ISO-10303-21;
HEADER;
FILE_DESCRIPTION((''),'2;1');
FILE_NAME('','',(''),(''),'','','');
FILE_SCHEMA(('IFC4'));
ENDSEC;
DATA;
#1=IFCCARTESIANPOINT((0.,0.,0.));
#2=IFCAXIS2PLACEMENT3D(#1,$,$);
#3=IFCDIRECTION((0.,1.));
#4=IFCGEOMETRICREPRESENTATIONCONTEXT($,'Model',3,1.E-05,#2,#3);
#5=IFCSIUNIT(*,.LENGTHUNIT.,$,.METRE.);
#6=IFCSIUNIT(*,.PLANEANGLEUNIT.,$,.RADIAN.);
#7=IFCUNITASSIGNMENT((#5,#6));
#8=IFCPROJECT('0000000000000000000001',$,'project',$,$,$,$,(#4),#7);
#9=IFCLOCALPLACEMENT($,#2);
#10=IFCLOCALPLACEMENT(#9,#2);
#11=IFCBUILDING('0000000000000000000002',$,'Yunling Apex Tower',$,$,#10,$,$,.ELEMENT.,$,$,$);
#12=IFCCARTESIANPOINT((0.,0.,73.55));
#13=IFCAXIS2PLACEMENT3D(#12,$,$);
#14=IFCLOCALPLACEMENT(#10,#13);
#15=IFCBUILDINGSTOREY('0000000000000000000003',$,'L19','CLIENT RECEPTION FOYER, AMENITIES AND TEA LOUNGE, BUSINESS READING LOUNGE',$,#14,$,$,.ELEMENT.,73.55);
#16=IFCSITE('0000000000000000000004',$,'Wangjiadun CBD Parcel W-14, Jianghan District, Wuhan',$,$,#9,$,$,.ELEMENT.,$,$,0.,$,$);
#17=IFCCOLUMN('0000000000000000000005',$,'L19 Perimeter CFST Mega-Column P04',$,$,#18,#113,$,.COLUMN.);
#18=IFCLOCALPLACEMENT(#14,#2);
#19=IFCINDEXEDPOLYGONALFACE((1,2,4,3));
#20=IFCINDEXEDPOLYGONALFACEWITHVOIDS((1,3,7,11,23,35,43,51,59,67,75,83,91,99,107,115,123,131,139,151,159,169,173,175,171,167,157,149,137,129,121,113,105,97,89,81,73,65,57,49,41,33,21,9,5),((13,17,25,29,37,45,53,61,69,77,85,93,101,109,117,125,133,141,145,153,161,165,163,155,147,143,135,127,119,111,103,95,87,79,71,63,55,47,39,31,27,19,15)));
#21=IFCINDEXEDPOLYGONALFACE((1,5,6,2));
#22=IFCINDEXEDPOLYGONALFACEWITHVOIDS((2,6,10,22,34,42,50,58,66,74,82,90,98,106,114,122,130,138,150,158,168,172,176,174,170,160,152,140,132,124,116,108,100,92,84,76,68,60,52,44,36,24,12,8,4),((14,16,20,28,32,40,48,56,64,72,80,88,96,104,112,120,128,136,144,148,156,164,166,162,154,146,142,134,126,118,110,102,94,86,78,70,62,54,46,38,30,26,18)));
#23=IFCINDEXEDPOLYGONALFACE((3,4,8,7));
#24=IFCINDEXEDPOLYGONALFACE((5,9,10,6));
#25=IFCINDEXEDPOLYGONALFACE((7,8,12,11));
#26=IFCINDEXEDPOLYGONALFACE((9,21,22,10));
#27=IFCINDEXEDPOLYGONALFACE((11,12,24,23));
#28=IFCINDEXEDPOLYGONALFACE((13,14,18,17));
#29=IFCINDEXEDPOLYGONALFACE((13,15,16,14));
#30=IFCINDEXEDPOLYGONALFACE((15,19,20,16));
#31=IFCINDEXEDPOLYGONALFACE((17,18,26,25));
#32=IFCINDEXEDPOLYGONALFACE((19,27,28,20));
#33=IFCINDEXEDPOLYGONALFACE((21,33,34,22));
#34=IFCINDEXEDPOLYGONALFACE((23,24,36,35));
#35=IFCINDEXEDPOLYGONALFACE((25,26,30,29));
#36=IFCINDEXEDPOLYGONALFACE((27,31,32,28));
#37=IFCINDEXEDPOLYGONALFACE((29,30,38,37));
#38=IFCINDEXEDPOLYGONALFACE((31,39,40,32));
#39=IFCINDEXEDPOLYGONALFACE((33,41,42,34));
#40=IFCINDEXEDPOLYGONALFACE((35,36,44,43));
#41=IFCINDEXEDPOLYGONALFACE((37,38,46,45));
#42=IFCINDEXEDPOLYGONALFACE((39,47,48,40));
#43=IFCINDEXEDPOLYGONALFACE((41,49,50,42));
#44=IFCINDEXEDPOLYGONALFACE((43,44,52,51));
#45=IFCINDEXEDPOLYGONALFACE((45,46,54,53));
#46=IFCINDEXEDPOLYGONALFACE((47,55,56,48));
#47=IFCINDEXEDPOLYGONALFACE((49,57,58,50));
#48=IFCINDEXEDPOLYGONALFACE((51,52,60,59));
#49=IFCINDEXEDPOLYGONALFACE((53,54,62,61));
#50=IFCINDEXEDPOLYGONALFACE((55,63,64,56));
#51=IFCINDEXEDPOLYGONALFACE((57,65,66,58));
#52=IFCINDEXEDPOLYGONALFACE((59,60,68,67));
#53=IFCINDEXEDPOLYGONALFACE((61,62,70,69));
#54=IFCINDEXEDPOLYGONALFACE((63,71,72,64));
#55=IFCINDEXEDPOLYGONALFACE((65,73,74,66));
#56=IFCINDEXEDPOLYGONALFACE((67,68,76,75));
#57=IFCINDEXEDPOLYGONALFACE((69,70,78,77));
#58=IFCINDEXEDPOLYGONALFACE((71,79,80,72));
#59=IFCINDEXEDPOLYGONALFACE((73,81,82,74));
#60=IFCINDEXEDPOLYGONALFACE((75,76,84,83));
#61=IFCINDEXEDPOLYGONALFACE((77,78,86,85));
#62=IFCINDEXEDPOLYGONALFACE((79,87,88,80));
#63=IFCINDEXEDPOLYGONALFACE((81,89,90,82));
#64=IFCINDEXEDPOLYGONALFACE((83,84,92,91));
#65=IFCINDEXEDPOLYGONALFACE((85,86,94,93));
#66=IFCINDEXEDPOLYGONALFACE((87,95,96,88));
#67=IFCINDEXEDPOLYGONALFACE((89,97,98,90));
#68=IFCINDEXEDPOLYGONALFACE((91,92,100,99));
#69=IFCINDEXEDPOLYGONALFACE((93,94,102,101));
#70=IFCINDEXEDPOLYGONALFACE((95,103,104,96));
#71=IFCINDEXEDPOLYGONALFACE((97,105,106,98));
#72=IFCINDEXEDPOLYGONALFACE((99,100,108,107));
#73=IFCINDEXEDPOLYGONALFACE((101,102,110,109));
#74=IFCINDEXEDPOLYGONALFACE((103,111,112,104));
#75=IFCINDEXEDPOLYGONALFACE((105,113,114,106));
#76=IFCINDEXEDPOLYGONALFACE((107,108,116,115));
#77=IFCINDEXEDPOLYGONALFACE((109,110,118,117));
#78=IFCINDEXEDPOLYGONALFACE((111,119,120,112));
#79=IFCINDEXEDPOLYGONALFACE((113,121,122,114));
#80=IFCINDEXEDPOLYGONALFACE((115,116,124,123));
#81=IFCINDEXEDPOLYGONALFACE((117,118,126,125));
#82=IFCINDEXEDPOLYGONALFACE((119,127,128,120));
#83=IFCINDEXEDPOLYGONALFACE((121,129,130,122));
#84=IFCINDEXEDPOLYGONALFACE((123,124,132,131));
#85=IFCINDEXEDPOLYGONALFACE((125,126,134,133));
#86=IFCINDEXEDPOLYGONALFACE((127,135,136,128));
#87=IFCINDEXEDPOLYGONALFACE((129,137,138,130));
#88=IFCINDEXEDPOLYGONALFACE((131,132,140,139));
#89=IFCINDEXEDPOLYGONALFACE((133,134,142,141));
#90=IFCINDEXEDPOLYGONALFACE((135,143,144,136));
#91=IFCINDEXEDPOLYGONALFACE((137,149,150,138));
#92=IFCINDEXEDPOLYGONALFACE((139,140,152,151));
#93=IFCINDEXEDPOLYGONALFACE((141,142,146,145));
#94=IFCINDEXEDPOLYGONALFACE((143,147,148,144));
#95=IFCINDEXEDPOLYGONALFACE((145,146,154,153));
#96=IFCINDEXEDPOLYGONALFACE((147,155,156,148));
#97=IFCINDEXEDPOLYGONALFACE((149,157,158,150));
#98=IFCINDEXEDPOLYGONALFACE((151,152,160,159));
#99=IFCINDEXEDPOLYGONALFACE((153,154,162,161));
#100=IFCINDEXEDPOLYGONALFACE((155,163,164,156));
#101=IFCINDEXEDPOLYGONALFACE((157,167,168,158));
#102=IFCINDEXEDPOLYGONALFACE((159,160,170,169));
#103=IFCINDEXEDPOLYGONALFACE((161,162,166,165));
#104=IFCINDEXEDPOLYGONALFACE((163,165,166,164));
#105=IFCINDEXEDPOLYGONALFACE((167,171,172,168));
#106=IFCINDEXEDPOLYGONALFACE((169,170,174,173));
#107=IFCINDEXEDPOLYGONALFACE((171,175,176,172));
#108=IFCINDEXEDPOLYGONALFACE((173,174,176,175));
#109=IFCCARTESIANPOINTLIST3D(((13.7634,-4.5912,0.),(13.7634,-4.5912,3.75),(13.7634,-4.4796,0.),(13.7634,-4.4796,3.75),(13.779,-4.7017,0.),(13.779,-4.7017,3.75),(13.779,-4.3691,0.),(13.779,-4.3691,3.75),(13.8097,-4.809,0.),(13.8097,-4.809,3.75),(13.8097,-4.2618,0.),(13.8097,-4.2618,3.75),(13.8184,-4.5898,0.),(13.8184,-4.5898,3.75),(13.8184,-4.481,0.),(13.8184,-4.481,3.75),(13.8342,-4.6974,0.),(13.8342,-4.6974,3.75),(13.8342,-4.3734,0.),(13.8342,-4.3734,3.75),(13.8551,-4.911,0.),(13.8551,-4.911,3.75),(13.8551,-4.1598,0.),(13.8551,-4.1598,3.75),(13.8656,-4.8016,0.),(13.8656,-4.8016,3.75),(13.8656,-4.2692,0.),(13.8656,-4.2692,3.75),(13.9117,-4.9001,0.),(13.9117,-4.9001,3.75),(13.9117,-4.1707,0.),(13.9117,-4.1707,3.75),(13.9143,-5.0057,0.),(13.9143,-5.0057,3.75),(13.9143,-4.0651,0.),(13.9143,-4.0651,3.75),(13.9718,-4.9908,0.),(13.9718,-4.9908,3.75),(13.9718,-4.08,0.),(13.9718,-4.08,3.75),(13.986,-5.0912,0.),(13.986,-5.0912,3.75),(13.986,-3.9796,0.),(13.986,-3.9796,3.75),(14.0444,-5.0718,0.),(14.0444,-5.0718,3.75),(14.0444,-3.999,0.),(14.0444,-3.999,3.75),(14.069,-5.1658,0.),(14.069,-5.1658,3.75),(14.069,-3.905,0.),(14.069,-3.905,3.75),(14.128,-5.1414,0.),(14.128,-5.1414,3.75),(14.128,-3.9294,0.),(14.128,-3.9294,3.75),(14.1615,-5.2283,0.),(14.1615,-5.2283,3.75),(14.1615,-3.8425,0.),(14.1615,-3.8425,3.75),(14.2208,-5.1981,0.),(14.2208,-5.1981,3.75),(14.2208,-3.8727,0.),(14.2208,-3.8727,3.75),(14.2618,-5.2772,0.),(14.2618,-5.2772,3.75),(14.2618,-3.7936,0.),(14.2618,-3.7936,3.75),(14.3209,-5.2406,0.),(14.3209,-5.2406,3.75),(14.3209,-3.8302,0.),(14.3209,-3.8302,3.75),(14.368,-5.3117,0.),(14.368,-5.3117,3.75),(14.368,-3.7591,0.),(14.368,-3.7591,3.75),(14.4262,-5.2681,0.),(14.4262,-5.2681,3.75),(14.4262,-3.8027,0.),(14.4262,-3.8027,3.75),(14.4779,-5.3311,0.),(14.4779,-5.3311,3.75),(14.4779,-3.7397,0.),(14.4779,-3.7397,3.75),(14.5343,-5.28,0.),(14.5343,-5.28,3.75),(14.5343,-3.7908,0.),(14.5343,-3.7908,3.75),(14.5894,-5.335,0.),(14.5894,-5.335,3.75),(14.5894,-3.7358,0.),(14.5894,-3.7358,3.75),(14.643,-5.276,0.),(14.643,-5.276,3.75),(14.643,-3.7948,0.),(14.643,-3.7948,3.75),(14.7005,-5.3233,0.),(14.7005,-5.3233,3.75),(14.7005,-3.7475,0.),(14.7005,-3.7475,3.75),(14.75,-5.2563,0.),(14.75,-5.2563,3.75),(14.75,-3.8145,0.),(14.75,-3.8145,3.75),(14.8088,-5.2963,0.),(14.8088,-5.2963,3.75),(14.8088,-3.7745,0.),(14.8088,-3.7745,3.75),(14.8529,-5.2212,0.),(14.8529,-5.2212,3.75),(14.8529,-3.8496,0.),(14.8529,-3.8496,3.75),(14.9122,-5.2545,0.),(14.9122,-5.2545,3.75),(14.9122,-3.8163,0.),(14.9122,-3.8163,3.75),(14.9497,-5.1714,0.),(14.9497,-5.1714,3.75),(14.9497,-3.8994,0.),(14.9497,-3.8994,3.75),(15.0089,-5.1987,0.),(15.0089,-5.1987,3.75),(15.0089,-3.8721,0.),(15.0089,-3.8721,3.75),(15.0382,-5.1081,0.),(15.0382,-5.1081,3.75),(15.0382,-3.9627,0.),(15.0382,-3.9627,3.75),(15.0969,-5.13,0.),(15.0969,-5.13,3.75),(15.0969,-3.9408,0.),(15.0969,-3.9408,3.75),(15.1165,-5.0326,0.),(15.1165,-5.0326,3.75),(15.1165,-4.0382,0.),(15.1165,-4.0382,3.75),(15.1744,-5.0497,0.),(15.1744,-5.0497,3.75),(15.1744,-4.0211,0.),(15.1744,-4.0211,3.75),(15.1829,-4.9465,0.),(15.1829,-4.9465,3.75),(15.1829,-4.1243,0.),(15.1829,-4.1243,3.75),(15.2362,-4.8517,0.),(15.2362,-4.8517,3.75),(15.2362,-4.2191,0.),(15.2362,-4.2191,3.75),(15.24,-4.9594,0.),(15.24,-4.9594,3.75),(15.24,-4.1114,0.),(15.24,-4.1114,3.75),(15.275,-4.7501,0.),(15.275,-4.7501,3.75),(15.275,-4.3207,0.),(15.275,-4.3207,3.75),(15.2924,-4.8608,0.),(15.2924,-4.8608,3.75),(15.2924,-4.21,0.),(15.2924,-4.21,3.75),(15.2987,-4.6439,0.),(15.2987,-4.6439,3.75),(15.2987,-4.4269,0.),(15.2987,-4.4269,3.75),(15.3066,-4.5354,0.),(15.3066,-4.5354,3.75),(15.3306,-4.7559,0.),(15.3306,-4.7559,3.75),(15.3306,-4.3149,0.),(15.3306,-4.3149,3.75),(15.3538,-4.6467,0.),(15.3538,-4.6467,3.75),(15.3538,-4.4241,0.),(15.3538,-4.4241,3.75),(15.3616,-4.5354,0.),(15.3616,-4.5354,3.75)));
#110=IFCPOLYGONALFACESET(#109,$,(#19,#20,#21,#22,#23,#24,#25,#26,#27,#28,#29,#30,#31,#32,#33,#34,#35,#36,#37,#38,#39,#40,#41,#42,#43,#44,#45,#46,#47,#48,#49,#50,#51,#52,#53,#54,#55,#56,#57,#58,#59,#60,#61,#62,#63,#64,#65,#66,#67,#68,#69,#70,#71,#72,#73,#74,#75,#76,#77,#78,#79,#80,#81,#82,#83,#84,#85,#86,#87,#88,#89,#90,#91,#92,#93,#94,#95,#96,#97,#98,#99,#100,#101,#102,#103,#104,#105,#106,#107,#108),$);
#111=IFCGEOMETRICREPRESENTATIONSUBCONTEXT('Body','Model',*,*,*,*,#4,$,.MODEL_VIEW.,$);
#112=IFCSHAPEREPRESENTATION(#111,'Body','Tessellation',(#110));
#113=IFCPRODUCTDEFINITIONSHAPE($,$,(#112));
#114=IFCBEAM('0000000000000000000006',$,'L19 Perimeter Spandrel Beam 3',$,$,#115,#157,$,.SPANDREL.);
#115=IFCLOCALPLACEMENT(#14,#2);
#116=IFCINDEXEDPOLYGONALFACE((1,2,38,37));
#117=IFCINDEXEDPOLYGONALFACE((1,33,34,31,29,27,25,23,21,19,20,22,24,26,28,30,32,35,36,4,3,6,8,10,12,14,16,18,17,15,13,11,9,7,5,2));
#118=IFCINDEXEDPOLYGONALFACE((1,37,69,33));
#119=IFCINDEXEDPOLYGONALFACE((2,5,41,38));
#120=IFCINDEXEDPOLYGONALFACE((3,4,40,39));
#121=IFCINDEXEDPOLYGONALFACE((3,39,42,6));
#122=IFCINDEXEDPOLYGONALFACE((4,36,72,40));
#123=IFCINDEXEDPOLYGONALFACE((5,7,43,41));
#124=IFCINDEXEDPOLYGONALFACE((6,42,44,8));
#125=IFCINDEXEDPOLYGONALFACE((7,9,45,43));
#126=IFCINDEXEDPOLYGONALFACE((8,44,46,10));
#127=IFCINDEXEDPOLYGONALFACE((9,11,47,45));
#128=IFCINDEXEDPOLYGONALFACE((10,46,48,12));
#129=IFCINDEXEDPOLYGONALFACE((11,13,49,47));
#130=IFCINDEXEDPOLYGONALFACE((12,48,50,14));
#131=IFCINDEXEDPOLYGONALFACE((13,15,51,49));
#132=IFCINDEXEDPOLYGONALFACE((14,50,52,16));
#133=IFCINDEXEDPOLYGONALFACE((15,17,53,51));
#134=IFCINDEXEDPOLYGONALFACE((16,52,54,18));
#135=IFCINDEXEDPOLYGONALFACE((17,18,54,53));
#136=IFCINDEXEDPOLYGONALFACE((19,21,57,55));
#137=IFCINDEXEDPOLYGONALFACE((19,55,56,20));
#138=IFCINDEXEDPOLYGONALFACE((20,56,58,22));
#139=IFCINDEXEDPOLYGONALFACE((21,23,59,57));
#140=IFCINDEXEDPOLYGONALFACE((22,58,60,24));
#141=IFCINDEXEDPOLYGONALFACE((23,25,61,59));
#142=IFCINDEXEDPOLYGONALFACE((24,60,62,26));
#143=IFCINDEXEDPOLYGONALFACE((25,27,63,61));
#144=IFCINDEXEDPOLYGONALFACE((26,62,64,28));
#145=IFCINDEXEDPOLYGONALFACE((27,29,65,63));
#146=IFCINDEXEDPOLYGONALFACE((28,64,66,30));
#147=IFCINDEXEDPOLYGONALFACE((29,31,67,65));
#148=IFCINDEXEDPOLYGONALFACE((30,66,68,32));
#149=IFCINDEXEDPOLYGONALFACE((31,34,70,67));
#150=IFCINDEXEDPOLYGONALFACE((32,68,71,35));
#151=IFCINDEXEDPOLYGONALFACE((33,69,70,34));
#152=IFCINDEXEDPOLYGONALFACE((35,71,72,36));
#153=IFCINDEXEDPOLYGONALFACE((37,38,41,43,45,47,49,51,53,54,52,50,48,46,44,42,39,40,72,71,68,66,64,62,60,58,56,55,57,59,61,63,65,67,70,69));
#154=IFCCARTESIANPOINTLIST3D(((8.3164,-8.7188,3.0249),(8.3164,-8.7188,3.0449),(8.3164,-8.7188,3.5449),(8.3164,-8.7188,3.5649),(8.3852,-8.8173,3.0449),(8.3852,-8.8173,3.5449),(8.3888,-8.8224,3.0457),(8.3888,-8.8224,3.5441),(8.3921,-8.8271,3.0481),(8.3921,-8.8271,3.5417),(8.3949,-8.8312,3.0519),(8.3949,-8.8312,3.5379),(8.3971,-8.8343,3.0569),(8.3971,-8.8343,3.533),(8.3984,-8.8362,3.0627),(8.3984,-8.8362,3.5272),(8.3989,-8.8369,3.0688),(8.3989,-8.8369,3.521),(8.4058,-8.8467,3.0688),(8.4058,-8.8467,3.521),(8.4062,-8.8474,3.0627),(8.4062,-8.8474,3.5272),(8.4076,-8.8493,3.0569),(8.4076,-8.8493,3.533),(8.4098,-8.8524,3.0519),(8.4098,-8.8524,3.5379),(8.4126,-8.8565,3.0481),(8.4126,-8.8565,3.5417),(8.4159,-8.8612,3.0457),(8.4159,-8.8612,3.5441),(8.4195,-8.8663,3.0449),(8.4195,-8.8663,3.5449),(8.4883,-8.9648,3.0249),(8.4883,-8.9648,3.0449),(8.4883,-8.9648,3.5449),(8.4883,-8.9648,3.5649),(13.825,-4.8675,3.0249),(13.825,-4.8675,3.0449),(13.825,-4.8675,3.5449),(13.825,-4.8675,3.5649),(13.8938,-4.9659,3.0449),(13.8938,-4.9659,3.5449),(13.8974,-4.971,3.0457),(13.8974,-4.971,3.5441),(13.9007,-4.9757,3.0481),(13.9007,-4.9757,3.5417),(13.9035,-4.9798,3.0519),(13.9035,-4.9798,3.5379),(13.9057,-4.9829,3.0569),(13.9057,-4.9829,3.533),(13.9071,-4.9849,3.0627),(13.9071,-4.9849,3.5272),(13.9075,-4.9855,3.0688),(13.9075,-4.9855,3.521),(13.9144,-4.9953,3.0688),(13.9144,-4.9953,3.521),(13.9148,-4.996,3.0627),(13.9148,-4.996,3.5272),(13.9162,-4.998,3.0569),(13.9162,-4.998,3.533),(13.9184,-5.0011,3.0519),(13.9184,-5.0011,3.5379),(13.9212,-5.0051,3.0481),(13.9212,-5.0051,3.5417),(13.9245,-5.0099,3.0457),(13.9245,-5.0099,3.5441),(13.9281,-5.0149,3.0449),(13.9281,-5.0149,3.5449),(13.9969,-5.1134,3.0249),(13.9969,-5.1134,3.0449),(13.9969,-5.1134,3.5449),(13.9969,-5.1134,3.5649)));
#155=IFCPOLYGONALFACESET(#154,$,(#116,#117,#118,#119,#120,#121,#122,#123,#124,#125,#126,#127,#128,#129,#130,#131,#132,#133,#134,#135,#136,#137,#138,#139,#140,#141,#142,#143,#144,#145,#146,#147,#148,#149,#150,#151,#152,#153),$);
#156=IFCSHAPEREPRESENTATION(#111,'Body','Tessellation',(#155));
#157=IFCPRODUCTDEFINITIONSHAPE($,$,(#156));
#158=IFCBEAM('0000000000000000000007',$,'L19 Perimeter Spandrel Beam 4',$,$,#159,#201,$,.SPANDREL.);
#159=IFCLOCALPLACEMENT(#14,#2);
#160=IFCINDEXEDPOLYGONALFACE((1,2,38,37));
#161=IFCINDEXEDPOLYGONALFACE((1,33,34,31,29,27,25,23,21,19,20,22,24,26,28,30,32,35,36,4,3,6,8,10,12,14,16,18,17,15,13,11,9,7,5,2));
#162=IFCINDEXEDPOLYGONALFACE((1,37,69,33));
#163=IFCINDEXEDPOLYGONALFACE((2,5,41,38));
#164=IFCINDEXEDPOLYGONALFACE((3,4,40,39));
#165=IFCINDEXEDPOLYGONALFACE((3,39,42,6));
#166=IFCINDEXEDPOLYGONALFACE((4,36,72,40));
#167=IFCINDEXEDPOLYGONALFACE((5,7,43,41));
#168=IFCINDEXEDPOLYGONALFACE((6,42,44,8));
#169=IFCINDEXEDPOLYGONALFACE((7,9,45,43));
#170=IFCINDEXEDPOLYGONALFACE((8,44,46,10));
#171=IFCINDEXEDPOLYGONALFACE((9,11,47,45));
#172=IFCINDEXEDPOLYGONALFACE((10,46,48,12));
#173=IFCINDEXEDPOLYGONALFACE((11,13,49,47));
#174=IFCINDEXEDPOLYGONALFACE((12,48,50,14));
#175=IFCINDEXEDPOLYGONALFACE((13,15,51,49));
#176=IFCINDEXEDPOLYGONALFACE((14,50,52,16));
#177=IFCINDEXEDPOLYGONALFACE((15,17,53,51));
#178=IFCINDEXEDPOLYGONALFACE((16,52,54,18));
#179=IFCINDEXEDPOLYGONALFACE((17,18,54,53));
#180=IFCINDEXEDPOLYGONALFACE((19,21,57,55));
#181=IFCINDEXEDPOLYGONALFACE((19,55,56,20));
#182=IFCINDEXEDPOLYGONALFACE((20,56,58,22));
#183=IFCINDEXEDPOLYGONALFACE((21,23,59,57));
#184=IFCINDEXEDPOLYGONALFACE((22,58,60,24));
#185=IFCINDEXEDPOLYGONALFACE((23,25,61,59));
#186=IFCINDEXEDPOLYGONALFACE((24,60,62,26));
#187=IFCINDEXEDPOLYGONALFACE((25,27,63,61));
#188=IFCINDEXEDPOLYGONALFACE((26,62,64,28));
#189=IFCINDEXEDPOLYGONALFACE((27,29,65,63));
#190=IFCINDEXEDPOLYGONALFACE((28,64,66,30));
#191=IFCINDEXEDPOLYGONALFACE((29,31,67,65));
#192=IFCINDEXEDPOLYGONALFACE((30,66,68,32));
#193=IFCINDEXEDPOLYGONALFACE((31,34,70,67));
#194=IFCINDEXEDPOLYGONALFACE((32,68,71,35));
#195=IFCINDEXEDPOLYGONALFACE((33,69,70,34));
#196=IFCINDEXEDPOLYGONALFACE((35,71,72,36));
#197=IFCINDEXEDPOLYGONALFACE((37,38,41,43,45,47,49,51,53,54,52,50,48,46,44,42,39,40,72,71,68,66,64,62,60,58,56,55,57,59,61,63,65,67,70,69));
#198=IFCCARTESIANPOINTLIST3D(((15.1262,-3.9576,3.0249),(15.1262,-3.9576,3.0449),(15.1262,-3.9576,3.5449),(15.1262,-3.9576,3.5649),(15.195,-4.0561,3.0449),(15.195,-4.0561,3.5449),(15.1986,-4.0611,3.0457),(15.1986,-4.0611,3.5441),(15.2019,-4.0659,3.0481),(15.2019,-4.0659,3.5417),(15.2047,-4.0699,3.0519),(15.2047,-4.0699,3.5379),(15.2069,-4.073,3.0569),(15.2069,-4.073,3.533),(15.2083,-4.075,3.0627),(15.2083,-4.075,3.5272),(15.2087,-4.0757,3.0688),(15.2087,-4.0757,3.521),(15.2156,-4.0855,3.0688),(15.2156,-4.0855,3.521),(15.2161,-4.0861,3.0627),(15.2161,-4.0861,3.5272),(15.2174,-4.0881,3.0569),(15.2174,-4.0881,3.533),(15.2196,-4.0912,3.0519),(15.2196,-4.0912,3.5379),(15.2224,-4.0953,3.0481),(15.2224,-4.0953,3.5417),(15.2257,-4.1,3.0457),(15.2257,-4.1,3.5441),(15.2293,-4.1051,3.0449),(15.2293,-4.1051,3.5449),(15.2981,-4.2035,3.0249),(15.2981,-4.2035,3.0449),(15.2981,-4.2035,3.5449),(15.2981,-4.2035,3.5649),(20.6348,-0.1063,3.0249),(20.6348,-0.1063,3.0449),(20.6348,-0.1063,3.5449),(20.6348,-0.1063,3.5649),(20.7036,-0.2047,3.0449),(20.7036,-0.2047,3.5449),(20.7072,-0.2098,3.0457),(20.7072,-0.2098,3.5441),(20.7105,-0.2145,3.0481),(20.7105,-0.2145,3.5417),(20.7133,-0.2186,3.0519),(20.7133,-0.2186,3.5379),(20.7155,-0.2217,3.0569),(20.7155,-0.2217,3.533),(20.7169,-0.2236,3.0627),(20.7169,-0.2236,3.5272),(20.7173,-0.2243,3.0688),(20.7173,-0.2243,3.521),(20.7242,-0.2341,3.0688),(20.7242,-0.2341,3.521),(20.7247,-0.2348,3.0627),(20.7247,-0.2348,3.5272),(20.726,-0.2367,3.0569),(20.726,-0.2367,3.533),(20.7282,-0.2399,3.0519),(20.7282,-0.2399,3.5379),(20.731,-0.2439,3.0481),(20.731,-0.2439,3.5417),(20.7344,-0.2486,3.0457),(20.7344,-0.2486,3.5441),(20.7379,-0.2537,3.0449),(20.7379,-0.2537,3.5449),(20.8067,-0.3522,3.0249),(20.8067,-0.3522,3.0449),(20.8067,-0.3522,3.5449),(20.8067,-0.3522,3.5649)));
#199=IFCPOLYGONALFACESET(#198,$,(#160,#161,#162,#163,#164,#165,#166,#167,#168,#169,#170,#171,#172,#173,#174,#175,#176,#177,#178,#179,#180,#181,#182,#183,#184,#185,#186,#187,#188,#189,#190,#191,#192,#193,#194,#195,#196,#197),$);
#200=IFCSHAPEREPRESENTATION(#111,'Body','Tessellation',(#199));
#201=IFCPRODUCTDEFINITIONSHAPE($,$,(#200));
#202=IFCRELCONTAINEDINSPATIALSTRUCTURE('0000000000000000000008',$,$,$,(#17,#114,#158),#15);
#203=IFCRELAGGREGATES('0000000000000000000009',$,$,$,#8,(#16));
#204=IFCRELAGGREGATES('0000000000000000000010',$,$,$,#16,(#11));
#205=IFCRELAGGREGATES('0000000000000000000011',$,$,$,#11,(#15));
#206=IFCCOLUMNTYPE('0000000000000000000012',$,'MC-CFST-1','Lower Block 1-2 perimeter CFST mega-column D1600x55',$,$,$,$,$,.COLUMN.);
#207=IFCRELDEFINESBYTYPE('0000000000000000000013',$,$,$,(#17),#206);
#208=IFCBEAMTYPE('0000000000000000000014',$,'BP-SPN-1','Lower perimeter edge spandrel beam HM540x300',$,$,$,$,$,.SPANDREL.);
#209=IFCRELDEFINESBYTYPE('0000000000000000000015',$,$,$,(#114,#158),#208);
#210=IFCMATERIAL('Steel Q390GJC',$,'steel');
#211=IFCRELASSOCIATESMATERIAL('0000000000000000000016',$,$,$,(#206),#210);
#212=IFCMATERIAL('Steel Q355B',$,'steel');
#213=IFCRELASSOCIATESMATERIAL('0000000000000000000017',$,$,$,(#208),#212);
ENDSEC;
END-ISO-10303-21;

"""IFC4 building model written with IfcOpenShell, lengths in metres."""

from ifc_helpers import new_model, si_unit, direction, frame, origin, origin_2d, place, context, subcontext, project, spatial, hollow_circle, i_section, extrude, source, transform, mapped, material, material_profile, profile_set, type_object, element, save


model = new_model("IFC4")

# Units and contexts
model_context = context("Model", 3, precision=1e-05, world=origin(), true_north=direction((0.0, 1.0)))
body_context = subcontext(model_context, "Body", "Model", "MODEL_VIEW")
ifc_project = project(units=[si_unit("LENGTHUNIT", "METRE"), si_unit("PLANEANGLEUNIT", "RADIAN")], contexts=[model_context])

# Site, building, storey
site_placement = place(None, origin())
site = spatial("IfcSite", under=ifc_project, at=site_placement, Name="Wangjiadun CBD Parcel W-14, Jianghan District, Wuhan", CompositionType="ELEMENT", RefElevation=0.0)
building_placement = place(site_placement, origin())
building = spatial("IfcBuilding", under=site, at=building_placement, Name="Yunling Apex Tower", CompositionType="ELEMENT")
storey_placement = place(building_placement, frame((0.0, 0.0, 73.55)))
storey = spatial("IfcBuildingStorey", under=building, at=storey_placement, Name="L19", Description="CLIENT RECEPTION FOYER, AMENITIES AND TEA LOUNGE, BUSINESS READING LOUNGE", CompositionType="ELEMENT", Elevation=73.55)

# Column
ifc_material_1 = material(Name="Steel Q390GJC", Category="steel")
ifc_material_profile_1 = material_profile(ifc_material_1, hollow_circle(Radius=0.8, WallThickness=0.0549, at=origin_2d()))
ifc_profile_set_1 = profile_set([ifc_material_profile_1], Name="Steel Q390GJC")
column_type = type_object("IfcColumnType", Name="MC-CFST-1", Description="Lower Block 1-2 perimeter CFST mega-column D1600x55", PredefinedType="COLUMN", material=ifc_profile_set_1)
shared_shape_1 = source(origin(), body_context, "Body", "SweptSolid", [
    extrude(hollow_circle(Radius=0.8, WallThickness=0.0549, at=origin_2d()), origin(), (0.0, 0.0, 1.0), 3.75),
])
column_placement = place(storey_placement, frame((14.5615, -4.5354, 0.0), z_axis=(0.0, 0.0, 1.0), x_axis=(1.0, 0.0, 0.0)))
element("IfcColumn", 1, at=column_placement, inside=storey, type_object=column_type, Name="L19 Perimeter CFST Mega-Column P04", PredefinedType="COLUMN", context=body_context, shape_type="MappedRepresentation", body=[
    mapped(shared_shape_1, transform((0.0, 0.0, 0.0), scale=1.0)),
])

# Beams
ifc_material_2 = material(Name="Steel Q355B", Category="steel")
ifc_material_profile_2 = material_profile(ifc_material_2, i_section(OverallWidth=0.3, OverallDepth=0.54, WebThickness=0.012, FlangeThickness=0.02, FilletRadius=0.0239, at=origin_2d()))
ifc_profile_set_2 = profile_set([ifc_material_profile_2], Name="Steel Q355B")
beam_type_1 = type_object("IfcBeamType", Name="BP-SPN-1", Description="Lower perimeter edge spandrel beam HM540x300", PredefinedType="SPANDREL", material=ifc_profile_set_2)
shared_shape_2 = source(origin(), body_context, "Body", "SweptSolid", [
    extrude(i_section(OverallWidth=0.3, OverallDepth=0.54, WebThickness=0.012, FlangeThickness=0.02, FilletRadius=0.0239, at=origin_2d()), origin(), (0.0, 0.0, 1.0), 6.7214),
])
for number, where, z_axis, x_axis, name in (
    (2, (8.4023, -8.8418, 3.2949), (0.819558, 0.572997, 0.0), (-0.572997, 0.819558, 0.0), "L19 Perimeter Spandrel Beam 3"),
    (3, (15.2122, -4.0806, 3.2949), (0.819558, 0.572997, 0.0), (-0.572997, 0.819558, 0.0), "L19 Perimeter Spandrel Beam 4"),
):
    element("IfcBeam", number, at=place(storey_placement, frame(where, z_axis=z_axis, x_axis=x_axis)), inside=storey, type_object=beam_type_1, Name=name, PredefinedType="SPANDREL", context=body_context, shape_type="MappedRepresentation", body=[
        mapped(shared_shape_2, transform((0.0, 0.0, 0.0), scale=1.0)),
    ])

save(model, "model.ifc")
